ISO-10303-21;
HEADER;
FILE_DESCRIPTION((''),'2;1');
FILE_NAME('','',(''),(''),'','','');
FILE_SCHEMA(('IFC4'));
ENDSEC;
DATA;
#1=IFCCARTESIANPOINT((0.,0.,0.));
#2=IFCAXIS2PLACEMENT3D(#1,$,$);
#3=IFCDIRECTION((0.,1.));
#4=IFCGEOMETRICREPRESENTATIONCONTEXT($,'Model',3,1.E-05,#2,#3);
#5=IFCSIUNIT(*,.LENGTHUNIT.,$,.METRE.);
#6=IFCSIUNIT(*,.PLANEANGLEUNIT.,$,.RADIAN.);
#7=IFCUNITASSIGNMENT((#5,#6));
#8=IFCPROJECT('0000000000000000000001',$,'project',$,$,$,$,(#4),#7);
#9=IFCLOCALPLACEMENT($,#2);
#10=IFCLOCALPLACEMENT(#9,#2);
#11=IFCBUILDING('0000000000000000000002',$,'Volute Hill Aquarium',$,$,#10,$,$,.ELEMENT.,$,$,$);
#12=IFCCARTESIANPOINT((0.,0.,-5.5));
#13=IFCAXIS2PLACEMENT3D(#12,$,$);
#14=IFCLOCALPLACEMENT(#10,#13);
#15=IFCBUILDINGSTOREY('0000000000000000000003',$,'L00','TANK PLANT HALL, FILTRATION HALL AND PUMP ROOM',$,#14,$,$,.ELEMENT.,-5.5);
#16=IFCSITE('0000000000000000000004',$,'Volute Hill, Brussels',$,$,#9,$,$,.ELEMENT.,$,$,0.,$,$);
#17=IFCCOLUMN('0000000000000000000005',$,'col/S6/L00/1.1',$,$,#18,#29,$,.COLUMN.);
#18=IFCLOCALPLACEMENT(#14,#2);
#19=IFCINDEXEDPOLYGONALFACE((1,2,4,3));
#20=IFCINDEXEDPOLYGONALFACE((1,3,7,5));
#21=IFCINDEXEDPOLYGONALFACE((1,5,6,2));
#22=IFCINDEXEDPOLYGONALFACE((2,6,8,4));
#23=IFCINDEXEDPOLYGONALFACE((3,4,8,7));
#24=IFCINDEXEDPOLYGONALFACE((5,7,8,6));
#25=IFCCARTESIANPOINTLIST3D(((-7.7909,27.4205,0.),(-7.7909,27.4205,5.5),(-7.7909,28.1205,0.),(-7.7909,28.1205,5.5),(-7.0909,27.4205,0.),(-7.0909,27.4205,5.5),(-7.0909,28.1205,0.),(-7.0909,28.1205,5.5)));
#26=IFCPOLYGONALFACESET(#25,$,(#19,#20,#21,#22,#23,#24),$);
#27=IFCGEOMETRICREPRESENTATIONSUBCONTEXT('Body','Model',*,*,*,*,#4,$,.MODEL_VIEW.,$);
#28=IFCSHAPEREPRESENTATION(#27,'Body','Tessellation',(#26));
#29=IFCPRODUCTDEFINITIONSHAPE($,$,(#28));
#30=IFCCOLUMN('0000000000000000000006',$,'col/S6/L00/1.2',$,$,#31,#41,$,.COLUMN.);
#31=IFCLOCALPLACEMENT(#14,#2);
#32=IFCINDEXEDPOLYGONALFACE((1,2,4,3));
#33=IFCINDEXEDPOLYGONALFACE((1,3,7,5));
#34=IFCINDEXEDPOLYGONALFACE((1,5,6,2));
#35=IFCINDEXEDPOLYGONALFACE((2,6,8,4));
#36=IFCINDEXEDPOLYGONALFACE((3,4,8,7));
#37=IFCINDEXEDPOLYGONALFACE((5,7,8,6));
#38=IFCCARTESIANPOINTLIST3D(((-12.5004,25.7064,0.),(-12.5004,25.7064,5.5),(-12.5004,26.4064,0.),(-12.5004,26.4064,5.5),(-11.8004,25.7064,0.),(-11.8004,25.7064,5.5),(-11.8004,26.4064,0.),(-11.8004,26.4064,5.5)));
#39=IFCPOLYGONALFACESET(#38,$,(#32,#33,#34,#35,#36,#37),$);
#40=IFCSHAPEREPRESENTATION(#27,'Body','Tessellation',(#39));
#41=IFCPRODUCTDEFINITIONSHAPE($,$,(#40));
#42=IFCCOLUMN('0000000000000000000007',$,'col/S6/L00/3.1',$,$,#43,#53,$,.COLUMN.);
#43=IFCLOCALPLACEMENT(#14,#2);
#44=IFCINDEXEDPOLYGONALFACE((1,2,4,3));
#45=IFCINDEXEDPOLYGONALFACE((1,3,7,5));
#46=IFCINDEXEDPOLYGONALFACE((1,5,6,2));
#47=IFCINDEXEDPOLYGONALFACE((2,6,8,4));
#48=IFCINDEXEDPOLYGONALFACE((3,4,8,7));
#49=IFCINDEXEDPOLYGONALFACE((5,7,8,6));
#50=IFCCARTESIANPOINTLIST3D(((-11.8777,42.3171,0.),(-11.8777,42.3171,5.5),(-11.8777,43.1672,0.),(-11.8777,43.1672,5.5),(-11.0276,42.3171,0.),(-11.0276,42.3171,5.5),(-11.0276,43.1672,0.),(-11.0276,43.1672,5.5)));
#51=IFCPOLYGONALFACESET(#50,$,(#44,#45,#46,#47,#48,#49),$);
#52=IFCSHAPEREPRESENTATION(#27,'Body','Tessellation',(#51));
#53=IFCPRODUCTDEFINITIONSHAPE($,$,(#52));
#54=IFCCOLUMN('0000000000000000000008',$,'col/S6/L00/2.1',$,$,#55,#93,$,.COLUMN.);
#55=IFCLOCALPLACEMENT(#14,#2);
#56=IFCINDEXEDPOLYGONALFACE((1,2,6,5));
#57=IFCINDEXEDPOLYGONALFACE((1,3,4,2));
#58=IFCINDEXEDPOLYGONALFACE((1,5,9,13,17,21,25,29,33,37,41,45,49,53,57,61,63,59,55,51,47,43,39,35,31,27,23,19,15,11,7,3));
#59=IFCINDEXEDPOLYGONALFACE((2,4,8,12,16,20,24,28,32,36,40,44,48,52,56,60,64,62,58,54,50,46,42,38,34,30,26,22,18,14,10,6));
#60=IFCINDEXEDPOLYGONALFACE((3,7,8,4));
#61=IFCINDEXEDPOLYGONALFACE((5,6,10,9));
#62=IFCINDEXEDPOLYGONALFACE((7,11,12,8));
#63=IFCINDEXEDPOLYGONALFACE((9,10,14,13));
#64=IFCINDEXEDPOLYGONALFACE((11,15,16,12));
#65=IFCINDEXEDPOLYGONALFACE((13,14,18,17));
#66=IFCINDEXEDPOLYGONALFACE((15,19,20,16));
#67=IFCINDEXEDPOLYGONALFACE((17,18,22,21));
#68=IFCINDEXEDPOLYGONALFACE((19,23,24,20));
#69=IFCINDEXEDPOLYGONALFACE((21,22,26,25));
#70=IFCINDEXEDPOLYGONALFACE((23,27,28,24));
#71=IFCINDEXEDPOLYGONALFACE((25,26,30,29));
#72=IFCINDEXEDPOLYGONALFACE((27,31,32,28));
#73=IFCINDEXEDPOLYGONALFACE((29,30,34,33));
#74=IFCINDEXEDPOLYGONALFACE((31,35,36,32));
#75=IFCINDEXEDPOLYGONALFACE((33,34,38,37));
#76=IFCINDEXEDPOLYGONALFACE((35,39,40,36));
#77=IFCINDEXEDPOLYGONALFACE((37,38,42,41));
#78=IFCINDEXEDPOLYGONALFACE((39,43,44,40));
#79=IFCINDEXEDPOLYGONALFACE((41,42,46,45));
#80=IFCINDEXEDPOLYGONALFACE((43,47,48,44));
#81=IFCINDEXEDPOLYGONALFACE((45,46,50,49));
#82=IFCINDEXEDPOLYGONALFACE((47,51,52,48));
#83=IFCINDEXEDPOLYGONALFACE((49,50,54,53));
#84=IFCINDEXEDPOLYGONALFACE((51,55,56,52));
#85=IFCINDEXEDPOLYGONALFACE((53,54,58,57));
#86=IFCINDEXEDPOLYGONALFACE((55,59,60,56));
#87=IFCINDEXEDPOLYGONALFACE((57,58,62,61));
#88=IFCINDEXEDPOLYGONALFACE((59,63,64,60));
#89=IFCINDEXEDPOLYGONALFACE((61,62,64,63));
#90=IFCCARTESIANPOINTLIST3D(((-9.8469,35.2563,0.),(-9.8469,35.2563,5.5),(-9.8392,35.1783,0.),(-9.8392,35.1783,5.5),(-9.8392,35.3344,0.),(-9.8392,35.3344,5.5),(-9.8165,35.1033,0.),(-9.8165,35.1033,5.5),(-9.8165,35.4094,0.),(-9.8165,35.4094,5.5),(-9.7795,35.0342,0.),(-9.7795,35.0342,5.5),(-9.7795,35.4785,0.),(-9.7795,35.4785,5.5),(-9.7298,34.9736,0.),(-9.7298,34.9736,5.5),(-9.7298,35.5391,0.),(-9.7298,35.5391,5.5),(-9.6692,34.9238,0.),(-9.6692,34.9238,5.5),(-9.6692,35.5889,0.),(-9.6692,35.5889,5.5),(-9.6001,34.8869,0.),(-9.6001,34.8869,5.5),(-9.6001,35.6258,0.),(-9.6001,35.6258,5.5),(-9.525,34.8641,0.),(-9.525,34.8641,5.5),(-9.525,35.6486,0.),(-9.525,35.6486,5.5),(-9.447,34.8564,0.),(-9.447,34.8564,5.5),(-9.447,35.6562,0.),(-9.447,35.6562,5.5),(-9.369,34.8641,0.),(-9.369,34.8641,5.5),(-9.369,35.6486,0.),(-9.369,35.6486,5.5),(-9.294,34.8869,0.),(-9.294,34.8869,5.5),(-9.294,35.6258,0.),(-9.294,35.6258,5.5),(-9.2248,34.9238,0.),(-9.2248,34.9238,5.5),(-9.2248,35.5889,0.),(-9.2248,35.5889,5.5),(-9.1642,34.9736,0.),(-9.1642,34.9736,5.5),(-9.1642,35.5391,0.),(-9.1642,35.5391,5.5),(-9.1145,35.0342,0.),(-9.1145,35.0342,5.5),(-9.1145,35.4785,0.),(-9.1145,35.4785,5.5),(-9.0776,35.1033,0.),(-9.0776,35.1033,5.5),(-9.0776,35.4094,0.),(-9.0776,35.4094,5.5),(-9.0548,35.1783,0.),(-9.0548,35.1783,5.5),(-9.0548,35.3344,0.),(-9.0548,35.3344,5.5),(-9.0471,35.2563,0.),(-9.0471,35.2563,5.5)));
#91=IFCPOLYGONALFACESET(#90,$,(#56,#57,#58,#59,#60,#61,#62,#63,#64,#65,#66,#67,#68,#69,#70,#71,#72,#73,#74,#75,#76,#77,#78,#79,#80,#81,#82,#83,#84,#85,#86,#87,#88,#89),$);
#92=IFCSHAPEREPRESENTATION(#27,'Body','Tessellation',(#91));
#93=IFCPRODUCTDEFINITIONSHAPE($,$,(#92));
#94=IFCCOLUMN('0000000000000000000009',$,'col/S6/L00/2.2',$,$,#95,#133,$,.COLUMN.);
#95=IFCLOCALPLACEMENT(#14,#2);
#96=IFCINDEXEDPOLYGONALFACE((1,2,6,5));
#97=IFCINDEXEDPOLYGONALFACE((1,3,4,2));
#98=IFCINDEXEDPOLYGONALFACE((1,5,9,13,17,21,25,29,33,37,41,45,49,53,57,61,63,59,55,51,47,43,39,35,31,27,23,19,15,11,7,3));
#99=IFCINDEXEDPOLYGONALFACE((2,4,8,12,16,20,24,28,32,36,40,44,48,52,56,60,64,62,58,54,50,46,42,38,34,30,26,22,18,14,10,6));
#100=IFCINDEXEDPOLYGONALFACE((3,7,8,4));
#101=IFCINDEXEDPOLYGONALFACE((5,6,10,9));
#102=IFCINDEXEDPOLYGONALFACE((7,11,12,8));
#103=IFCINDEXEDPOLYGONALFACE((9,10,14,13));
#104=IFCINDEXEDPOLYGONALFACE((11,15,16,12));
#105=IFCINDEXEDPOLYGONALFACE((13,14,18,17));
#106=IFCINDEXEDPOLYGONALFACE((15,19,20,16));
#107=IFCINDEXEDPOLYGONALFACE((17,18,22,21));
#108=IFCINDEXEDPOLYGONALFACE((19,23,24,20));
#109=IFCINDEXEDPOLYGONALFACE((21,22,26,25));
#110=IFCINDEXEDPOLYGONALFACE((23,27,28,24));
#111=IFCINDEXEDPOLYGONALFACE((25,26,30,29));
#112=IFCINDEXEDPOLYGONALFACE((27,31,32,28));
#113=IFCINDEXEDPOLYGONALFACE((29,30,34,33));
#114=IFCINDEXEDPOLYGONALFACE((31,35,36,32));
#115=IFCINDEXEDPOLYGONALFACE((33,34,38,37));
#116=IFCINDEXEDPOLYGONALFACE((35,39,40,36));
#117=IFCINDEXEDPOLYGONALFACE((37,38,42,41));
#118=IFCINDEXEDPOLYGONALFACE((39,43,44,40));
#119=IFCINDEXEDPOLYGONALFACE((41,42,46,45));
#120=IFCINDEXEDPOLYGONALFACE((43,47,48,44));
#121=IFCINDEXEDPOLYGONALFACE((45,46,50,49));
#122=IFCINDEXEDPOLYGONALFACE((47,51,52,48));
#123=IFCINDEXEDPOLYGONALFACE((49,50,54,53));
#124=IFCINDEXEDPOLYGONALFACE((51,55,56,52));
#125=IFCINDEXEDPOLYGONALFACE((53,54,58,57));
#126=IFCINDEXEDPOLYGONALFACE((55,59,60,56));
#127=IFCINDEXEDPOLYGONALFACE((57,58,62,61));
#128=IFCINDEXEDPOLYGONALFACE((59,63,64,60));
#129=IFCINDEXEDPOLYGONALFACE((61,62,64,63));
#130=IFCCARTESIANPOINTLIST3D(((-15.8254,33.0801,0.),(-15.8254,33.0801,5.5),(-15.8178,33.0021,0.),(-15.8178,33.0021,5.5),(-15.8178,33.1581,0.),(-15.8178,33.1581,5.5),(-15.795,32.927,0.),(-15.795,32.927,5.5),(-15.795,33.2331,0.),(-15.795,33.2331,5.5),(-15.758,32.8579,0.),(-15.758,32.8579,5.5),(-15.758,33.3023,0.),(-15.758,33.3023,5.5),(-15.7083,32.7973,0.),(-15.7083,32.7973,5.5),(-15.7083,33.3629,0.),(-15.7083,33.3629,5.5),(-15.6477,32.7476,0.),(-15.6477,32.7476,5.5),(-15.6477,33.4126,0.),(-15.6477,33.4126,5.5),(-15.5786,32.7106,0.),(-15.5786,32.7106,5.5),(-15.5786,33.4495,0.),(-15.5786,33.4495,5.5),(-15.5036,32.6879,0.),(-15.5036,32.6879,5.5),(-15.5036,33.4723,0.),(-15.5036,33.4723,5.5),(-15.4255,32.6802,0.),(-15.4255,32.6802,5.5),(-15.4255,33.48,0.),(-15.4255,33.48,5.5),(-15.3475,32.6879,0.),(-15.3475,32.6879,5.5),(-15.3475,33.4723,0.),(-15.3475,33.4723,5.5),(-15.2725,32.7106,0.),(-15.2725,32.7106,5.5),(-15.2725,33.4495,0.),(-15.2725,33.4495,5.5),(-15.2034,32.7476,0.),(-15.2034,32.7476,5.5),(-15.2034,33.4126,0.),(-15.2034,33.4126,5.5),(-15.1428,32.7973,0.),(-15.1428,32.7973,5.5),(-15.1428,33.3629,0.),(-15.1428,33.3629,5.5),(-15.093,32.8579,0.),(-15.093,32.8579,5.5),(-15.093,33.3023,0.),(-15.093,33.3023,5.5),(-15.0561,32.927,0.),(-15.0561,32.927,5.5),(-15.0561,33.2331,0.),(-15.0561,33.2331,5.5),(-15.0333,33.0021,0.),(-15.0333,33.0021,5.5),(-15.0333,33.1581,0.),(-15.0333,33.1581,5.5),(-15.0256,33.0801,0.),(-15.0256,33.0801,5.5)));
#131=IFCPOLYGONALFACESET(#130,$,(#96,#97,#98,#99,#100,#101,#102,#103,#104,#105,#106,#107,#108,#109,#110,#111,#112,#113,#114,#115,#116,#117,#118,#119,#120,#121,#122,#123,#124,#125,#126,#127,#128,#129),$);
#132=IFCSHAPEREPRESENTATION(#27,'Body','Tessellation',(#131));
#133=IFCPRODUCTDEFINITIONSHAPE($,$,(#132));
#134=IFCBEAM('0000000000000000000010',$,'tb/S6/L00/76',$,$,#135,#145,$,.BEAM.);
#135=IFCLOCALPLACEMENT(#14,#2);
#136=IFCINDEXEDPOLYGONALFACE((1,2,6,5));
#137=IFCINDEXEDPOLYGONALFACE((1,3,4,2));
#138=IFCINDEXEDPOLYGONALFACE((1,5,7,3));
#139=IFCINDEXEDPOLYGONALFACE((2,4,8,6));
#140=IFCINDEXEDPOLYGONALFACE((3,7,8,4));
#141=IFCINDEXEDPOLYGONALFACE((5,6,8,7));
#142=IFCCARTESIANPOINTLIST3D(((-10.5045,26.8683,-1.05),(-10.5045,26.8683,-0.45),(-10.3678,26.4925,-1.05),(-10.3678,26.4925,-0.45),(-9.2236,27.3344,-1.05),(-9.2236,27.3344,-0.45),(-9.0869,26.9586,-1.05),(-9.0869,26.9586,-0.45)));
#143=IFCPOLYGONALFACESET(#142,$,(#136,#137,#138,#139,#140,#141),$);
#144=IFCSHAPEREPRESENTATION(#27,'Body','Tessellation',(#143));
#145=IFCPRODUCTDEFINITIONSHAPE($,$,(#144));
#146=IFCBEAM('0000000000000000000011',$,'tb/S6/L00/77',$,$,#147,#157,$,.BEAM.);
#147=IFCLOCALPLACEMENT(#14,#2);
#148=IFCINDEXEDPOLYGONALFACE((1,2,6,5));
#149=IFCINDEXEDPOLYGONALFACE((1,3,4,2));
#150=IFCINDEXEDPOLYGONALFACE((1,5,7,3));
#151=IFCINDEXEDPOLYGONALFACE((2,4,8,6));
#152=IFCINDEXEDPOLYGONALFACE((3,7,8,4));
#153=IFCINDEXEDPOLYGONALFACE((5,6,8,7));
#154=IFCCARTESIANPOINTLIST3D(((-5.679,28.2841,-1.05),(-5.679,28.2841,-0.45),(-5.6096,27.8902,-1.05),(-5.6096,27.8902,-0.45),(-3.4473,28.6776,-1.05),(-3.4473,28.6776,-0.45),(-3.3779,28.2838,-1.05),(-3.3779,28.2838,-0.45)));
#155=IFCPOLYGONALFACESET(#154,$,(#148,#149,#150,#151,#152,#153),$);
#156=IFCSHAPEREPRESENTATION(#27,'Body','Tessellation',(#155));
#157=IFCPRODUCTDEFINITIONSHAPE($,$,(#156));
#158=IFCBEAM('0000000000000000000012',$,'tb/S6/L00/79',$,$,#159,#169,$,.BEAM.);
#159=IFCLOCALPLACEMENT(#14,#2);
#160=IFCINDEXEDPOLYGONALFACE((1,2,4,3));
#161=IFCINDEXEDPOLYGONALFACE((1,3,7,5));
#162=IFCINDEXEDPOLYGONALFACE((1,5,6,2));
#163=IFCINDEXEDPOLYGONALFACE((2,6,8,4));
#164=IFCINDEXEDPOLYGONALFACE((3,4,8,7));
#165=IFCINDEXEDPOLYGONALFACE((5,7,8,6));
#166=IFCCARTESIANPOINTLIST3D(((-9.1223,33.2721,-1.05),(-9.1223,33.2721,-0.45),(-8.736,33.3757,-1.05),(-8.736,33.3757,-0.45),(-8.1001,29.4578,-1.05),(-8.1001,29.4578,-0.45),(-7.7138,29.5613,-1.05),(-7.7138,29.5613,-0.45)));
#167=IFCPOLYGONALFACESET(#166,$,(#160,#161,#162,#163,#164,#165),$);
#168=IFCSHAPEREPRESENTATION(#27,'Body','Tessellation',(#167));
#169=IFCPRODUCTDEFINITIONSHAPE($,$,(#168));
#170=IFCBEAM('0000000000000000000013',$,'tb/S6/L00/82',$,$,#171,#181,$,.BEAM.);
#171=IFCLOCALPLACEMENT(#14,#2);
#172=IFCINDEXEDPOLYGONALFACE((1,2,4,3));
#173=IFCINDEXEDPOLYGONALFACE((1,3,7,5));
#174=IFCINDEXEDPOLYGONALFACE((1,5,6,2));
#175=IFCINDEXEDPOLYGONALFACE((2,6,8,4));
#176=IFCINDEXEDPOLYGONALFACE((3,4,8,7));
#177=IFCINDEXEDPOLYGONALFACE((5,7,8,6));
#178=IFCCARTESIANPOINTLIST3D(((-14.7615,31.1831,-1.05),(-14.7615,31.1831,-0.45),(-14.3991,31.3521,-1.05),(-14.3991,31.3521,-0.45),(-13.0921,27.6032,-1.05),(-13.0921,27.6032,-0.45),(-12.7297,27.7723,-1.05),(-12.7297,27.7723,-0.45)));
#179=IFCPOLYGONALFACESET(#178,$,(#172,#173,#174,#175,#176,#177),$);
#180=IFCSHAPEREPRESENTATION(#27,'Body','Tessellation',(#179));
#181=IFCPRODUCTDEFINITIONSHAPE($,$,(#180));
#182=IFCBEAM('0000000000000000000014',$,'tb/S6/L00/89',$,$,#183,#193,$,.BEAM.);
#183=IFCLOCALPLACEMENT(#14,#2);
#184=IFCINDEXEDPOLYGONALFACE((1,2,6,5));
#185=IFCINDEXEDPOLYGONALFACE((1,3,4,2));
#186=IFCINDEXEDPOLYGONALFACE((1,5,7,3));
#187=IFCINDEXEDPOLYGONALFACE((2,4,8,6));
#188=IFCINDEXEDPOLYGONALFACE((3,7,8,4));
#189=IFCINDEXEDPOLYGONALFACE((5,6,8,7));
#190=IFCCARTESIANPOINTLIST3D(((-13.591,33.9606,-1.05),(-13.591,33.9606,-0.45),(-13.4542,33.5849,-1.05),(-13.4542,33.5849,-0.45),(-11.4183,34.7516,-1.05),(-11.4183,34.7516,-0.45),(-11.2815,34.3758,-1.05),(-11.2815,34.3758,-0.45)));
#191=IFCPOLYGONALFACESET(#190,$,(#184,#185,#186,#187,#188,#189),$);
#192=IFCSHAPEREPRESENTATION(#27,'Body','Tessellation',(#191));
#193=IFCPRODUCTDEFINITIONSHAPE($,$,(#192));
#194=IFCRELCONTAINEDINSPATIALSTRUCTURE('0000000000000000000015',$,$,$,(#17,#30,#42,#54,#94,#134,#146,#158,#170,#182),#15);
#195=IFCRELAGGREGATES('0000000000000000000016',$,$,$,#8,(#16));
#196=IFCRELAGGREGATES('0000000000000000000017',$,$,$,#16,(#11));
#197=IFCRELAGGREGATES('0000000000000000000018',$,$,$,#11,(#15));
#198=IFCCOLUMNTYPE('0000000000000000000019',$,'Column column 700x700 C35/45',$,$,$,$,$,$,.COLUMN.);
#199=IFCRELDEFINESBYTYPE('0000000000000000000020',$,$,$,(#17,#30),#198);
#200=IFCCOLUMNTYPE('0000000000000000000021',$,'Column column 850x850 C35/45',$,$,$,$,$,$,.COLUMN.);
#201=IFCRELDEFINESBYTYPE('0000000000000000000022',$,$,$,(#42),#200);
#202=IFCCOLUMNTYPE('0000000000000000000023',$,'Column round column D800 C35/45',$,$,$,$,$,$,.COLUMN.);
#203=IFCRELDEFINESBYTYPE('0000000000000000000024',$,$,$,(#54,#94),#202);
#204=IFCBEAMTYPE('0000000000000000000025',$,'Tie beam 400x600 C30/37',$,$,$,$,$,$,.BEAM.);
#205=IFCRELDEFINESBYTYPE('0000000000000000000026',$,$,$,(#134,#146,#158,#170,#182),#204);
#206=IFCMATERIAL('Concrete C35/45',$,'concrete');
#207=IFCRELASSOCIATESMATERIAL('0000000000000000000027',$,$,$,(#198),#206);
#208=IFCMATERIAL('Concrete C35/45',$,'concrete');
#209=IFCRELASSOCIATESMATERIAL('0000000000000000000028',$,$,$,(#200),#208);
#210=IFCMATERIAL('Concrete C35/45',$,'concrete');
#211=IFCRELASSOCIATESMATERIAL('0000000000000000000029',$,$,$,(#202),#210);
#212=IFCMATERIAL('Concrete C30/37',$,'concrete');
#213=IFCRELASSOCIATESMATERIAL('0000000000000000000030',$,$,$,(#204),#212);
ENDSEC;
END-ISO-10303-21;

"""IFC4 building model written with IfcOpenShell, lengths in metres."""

from ifc_helpers import new_model, si_unit, direction, frame, origin, origin_2d, place, context, subcontext, project, spatial, rectangle, circle, extrude, material, material_profile, profile_set, type_object, element, save


model = new_model("IFC4")

# Units and contexts
model_context = context("Model", 3, precision=1e-05, world=origin(), true_north=direction((0.0, 1.0)))
body_context = subcontext(model_context, "Body", "Model", "MODEL_VIEW")
ifc_project = project(units=[si_unit("LENGTHUNIT", "METRE"), si_unit("PLANEANGLEUNIT", "RADIAN")], contexts=[model_context])

# Site, building, storey
site_placement = place(None, origin())
site = spatial("IfcSite", under=ifc_project, at=site_placement, Name="Volute Hill, Brussels", CompositionType="ELEMENT", RefElevation=0.0)
building_placement = place(site_placement, origin())
building = spatial("IfcBuilding", under=site, at=building_placement, Name="Volute Hill Aquarium", CompositionType="ELEMENT")
storey_placement = place(building_placement, frame((0.0, 0.0, -5.5)))
storey = spatial("IfcBuildingStorey", under=building, at=storey_placement, Name="L00", Description="TANK PLANT HALL, FILTRATION HALL AND PUMP ROOM", CompositionType="ELEMENT", Elevation=-5.5)

# Columns
ifc_material_1 = material(Name="Concrete C35/45", Category="concrete")
ifc_material_profile_1 = material_profile(ifc_material_1, rectangle(XDim=0.7, YDim=0.7, at=origin_2d()), Name="RC column 700x700")
ifc_profile_set_1 = profile_set([ifc_material_profile_1], Name="Concrete C35/45")
column_type_1 = type_object("IfcColumnType", Name="Column column 700x700 C35/45", PredefinedType="COLUMN", material=ifc_profile_set_1)
for number, where, z_axis, x_axis, name in (
    (1, (-7.4409, 27.7705, 0.0), (0.0, 0.0, 1.0), (1.0, 0.0, 0.0), "col/S6/L00/1.1"),
    (2, (-12.1504, 26.0564, 0.0), (0.0, 0.0, 1.0), (1.0, 0.0, 0.0), "col/S6/L00/1.2"),
):
    element("IfcColumn", number, at=place(storey_placement, frame(where, z_axis=z_axis, x_axis=x_axis)), inside=storey, type_object=column_type_1, Name=name, PredefinedType="COLUMN", context=body_context, shape_type="SweptSolid", body=[
        extrude(rectangle(XDim=0.7, YDim=0.7, at=origin_2d()), origin(), (0.0, 0.0, 1.0), 5.5),
    ])
ifc_material_2 = material(Name="Concrete C35/45", Category="concrete")
ifc_material_profile_2 = material_profile(ifc_material_2, rectangle(XDim=0.8501, YDim=0.8501, at=origin_2d()), Name="RC column 850x850")
ifc_profile_set_2 = profile_set([ifc_material_profile_2], Name="Concrete C35/45")
column_type_2 = type_object("IfcColumnType", Name="Column column 850x850 C35/45", PredefinedType="COLUMN", material=ifc_profile_set_2)
column_placement = place(storey_placement, frame((-11.4526, 42.7422, 0.0), z_axis=(0.0, 0.0, 1.0), x_axis=(1.0, 0.0, 0.0)))
element("IfcColumn", 3, at=column_placement, inside=storey, type_object=column_type_2, Name="col/S6/L00/3.1", PredefinedType="COLUMN", context=body_context, shape_type="SweptSolid", body=[
    extrude(rectangle(XDim=0.8501, YDim=0.8501, at=origin_2d()), origin(), (0.0, 0.0, 1.0), 5.5),
])
ifc_material_3 = material(Name="Concrete C35/45", Category="concrete")
ifc_material_profile_3 = material_profile(ifc_material_3, circle(Radius=0.3999, at=origin_2d()), Name="RC round column D800")
ifc_profile_set_3 = profile_set([ifc_material_profile_3], Name="Concrete C35/45")
column_type_3 = type_object("IfcColumnType", Name="Column round column D800 C35/45", PredefinedType="COLUMN", material=ifc_profile_set_3)
for number, where, z_axis, x_axis, name in (
    (4, (-9.447, 35.2563, 0.0), (0.0, 0.0, 1.0), (1.0, 0.0, 0.0), "col/S6/L00/2.1"),
    (5, (-15.4255, 33.0801, 0.0), (0.0, 0.0, 1.0), (1.0, 0.0, 0.0), "col/S6/L00/2.2"),
):
    element("IfcColumn", number, at=place(storey_placement, frame(where, z_axis=z_axis, x_axis=x_axis)), inside=storey, type_object=column_type_3, Name=name, PredefinedType="COLUMN", context=body_context, shape_type="SweptSolid", body=[
        extrude(circle(Radius=0.3999, at=origin_2d()), origin(), (0.0, 0.0, 1.0), 5.5),
    ])

# Beams
ifc_material_4 = material(Name="Concrete C30/37", Category="concrete")
ifc_material_profile_4 = material_profile(ifc_material_4, rectangle(XDim=0.3999, YDim=0.6001, at=origin_2d()), Name="RC tie beam 400x600")
ifc_profile_set_4 = profile_set([ifc_material_profile_4], Name="Concrete C30/37")
beam_type_1 = type_object("IfcBeamType", Name="Tie beam 400x600 C30/37", PredefinedType="BEAM", material=ifc_profile_set_4)
beam_1_placement = place(storey_placement, frame((-9.1553, 27.1465, -0.75), z_axis=(-0.939715, -0.341959, 0.0), x_axis=(0.341959, -0.939715, 0.0)))
element("IfcBeam", 6, at=beam_1_placement, inside=storey, type_object=beam_type_1, Name="tb/S6/L00/76", PredefinedType="BEAM", context=body_context, shape_type="SweptSolid", body=[
    extrude(rectangle(XDim=0.3999, YDim=0.6001, at=origin_2d()), origin(), (0.0, 0.0, 1.0), 1.363),
])
beam_2_placement = place(storey_placement, frame((-5.6443, 28.0872, -0.75), z_axis=(0.984804, 0.173669, 0.0), x_axis=(-0.173669, 0.984804, 0.0)))
element("IfcBeam", 7, at=beam_2_placement, inside=storey, type_object=beam_type_1, Name="tb/S6/L00/77", PredefinedType="BEAM", context=body_context, shape_type="SweptSolid", body=[
    extrude(rectangle(XDim=0.3999, YDim=0.6001, at=origin_2d()), origin(), (0.0, 0.0, 1.0), 2.2661),
])
beam_3_placement = place(storey_placement, frame((-7.907, 29.5095, -0.75), z_axis=(-0.258851, 0.965917, 0.0), x_axis=(-0.965917, -0.258851, 0.0)))
element("IfcBeam", 8, at=beam_3_placement, inside=storey, type_object=beam_type_1, Name="tb/S6/L00/79", PredefinedType="BEAM", context=body_context, shape_type="SweptSolid", body=[
    extrude(rectangle(XDim=0.3999, YDim=0.6001, at=origin_2d()), origin(), (0.0, 0.0, 1.0), 3.949),
])
beam_4_placement = place(storey_placement, frame((-12.9109, 27.6877, -0.75), z_axis=(-0.422645, 0.906295, 0.0), x_axis=(-0.906295, -0.422645, 0.0)))
element("IfcBeam", 9, at=beam_4_placement, inside=storey, type_object=beam_type_1, Name="tb/S6/L00/82", PredefinedType="BEAM", context=body_context, shape_type="SweptSolid", body=[
    extrude(rectangle(XDim=0.3999, YDim=0.6001, at=origin_2d()), origin(), (0.0, 0.0, 1.0), 3.95),
])
beam_5_placement = place(storey_placement, frame((-11.3499, 34.5637, -0.75), z_axis=(-0.93967, -0.342082, 0.0), x_axis=(0.342082, -0.93967, 0.0)))
element("IfcBeam", 10, at=beam_5_placement, inside=storey, type_object=beam_type_1, Name="tb/S6/L00/89", PredefinedType="BEAM", context=body_context, shape_type="SweptSolid", body=[
    extrude(rectangle(XDim=0.3999, YDim=0.6001, at=origin_2d()), origin(), (0.0, 0.0, 1.0), 2.3123),
])

save(model, "model.ifc")
